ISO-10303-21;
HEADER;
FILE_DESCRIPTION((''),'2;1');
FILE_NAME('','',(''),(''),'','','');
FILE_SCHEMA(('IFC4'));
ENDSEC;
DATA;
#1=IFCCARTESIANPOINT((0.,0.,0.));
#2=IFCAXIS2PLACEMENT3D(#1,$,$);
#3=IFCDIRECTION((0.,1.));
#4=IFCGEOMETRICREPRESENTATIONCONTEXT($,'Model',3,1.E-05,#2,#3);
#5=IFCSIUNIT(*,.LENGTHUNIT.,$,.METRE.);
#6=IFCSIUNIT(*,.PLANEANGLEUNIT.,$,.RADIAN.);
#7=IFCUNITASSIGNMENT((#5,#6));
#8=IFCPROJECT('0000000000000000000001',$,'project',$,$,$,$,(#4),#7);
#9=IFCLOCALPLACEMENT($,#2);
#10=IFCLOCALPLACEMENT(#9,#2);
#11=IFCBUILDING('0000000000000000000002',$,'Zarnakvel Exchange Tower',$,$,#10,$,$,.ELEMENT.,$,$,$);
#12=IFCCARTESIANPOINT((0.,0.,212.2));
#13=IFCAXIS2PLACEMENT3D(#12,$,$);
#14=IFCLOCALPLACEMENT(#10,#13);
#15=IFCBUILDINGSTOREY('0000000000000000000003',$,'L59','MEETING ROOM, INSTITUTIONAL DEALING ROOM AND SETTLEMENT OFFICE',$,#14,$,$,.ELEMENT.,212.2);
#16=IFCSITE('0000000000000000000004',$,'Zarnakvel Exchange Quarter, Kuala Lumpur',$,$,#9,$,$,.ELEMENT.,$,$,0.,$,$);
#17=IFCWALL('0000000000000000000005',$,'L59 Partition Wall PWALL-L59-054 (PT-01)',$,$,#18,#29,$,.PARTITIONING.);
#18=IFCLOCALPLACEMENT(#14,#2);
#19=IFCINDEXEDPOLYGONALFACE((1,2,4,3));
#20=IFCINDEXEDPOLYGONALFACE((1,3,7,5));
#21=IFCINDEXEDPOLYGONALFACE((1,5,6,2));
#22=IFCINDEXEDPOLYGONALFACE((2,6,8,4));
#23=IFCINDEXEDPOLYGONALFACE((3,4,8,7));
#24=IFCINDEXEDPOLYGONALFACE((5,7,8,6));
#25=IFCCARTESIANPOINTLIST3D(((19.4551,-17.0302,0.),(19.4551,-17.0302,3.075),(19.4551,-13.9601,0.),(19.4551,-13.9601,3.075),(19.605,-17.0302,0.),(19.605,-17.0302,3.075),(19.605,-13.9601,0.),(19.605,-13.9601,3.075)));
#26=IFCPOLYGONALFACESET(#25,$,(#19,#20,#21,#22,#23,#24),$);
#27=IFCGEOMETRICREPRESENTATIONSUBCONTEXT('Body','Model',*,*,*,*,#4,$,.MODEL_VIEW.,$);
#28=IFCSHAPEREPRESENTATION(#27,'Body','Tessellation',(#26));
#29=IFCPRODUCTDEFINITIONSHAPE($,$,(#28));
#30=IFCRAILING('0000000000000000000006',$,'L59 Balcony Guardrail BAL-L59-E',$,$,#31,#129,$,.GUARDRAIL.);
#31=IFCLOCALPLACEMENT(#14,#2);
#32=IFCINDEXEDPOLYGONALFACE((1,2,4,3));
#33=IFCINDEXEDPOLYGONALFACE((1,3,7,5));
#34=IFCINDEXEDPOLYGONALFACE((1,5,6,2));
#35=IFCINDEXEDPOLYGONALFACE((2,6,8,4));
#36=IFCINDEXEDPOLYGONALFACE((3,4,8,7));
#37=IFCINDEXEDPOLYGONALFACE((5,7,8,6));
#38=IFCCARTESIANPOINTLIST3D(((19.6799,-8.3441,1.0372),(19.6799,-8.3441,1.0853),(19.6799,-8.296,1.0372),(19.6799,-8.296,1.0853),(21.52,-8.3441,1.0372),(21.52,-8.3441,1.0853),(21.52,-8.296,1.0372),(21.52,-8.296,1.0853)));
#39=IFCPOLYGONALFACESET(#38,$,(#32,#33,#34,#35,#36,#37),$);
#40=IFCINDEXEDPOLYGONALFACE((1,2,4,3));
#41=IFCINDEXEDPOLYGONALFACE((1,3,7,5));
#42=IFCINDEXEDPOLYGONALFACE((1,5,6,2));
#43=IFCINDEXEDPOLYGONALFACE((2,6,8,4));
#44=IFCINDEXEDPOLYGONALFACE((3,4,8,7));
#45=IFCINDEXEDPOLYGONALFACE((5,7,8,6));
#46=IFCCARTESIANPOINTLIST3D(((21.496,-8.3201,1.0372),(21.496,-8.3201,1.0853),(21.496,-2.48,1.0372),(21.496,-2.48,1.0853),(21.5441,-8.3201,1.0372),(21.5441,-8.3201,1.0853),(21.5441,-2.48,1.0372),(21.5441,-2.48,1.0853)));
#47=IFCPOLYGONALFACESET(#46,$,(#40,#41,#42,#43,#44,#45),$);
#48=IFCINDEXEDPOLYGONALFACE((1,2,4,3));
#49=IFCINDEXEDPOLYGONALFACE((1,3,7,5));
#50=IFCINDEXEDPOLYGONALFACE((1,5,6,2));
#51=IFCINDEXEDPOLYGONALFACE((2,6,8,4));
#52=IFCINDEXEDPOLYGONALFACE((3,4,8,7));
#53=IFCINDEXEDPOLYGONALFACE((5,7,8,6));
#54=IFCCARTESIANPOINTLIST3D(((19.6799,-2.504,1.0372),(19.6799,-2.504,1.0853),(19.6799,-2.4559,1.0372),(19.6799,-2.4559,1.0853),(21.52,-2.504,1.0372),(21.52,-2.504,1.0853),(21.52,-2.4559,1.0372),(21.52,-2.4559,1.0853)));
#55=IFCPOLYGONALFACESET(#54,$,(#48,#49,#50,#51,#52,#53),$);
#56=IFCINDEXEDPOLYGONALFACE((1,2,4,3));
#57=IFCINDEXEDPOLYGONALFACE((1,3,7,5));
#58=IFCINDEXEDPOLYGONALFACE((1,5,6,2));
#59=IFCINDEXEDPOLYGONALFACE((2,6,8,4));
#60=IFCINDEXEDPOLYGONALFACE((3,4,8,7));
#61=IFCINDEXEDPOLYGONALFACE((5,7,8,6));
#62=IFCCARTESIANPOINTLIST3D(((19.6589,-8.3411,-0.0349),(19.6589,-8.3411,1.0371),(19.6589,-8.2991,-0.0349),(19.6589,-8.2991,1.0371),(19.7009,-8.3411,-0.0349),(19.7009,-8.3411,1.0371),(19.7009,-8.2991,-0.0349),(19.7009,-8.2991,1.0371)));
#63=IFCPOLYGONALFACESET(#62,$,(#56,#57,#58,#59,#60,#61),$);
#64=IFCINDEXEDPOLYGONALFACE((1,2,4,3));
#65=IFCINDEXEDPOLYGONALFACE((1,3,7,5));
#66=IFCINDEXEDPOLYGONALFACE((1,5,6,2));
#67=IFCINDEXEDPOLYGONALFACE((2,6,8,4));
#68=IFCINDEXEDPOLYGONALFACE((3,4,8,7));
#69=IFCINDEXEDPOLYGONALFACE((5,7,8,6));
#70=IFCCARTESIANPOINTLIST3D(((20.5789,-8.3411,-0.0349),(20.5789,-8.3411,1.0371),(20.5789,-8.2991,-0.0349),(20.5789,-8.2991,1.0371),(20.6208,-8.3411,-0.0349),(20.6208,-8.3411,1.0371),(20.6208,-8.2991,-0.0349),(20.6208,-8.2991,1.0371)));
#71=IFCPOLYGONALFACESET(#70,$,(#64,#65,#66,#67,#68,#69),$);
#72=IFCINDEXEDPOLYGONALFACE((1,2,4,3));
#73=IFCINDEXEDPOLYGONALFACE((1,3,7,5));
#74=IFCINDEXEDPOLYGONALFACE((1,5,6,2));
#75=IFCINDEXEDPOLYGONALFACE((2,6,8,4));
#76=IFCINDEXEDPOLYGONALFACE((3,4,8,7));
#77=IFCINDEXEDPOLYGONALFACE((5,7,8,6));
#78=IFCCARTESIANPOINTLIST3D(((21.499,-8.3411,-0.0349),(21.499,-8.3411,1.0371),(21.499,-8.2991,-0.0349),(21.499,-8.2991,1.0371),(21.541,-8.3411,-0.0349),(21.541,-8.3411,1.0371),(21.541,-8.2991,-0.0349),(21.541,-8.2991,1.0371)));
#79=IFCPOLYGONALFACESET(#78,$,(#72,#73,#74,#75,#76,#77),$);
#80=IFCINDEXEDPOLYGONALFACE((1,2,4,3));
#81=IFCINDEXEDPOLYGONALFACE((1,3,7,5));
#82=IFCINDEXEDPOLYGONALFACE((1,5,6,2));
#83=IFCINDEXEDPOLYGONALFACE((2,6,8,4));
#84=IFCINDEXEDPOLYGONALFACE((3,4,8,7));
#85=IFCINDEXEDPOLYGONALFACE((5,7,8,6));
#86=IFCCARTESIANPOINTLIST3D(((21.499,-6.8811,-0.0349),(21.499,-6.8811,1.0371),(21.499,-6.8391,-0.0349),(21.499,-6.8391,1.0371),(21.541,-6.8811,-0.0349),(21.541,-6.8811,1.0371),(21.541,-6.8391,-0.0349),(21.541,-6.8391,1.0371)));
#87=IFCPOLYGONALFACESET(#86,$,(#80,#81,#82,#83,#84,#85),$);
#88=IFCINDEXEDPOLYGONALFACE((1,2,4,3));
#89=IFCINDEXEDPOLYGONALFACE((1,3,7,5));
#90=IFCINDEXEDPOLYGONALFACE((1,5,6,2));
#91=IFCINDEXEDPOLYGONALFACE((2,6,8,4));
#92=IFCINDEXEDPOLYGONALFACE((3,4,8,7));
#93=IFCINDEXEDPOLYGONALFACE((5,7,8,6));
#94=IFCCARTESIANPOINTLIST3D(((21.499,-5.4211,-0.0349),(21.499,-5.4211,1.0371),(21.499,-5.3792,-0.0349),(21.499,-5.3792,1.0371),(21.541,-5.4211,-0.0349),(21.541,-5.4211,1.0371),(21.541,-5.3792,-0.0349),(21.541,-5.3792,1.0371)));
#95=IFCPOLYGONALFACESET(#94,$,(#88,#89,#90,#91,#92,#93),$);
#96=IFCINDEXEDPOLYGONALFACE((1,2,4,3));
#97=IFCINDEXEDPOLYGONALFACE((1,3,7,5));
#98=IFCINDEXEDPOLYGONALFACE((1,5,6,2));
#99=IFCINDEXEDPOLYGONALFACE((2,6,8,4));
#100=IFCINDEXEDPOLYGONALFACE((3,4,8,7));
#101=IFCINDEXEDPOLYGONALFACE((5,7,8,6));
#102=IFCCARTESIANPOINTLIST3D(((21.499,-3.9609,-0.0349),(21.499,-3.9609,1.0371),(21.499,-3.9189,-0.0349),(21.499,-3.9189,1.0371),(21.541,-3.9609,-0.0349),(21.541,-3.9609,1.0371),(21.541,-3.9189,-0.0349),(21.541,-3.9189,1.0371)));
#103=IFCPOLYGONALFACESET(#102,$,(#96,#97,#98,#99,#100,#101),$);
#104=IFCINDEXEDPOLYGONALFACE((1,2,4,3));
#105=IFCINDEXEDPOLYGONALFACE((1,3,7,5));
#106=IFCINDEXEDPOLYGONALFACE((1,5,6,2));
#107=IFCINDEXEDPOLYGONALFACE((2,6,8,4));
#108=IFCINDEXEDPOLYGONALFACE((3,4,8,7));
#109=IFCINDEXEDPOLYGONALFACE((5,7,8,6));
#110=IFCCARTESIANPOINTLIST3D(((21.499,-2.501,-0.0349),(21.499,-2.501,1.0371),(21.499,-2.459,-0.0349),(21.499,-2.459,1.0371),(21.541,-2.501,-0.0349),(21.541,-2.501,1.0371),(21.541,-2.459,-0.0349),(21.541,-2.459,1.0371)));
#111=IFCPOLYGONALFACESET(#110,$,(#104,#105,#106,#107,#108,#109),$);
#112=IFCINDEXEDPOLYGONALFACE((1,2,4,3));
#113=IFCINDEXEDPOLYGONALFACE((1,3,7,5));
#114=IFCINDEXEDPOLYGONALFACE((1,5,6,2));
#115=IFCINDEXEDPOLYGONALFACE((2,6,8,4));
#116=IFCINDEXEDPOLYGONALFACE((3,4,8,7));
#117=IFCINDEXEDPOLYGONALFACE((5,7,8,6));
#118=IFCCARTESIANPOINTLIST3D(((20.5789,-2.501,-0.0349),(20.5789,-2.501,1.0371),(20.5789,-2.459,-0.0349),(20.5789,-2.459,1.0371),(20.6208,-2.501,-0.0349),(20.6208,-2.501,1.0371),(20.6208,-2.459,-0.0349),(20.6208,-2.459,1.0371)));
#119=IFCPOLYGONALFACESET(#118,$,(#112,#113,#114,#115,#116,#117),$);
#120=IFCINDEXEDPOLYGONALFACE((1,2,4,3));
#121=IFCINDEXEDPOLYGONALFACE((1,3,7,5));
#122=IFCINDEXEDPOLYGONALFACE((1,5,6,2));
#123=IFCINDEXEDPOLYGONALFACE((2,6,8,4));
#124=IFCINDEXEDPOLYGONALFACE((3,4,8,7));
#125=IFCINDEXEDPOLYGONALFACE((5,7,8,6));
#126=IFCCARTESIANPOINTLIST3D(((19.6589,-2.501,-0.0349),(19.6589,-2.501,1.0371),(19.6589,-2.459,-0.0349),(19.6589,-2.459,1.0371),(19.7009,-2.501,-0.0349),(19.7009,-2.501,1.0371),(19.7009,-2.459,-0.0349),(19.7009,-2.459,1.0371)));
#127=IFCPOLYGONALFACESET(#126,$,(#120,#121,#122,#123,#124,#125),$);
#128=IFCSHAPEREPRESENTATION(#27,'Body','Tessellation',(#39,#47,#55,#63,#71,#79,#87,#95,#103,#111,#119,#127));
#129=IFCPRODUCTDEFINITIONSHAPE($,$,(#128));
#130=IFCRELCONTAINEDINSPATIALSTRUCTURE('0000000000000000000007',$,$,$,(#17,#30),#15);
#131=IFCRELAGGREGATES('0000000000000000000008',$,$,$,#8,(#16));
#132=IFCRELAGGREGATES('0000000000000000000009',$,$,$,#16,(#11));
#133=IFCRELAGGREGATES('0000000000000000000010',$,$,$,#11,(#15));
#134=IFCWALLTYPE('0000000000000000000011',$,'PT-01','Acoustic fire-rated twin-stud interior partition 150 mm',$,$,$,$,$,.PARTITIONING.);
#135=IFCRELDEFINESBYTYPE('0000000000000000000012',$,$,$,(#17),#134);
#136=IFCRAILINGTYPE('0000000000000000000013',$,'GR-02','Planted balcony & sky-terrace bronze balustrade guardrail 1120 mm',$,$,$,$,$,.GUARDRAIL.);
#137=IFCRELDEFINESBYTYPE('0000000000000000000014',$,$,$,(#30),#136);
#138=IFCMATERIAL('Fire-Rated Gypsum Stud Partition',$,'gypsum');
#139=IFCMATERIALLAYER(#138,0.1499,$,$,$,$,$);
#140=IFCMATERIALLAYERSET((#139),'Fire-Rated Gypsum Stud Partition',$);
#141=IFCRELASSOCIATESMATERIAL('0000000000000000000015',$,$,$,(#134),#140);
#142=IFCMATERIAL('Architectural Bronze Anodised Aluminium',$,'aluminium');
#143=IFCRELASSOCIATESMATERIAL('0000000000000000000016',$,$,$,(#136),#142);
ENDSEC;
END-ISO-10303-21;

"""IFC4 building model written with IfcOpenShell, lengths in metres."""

from ifc_helpers import new_model, si_unit, direction, frame, frame_2d, origin, origin_2d, place, context, subcontext, project, spatial, rectangle, extrude, material, layer, layer_set, type_object, element, save


model = new_model("IFC4")

# Units and contexts
model_context = context("Model", 3, precision=1e-05, world=origin(), true_north=direction((0.0, 1.0)))
body_context = subcontext(model_context, "Body", "Model", "MODEL_VIEW")
ifc_project = project(units=[si_unit("LENGTHUNIT", "METRE"), si_unit("PLANEANGLEUNIT", "RADIAN")], contexts=[model_context])

# Site, building, storey
site_placement = place(None, origin())
site = spatial("IfcSite", under=ifc_project, at=site_placement, Name="Zarnakvel Exchange Quarter, Kuala Lumpur", CompositionType="ELEMENT", RefElevation=0.0)
building_placement = place(site_placement, origin())
building = spatial("IfcBuilding", under=site, at=building_placement, Name="Zarnakvel Exchange Tower", CompositionType="ELEMENT")
storey_placement = place(building_placement, frame((0.0, 0.0, 212.2)))
storey = spatial("IfcBuildingStorey", under=building, at=storey_placement, Name="L59", Description="MEETING ROOM, INSTITUTIONAL DEALING ROOM AND SETTLEMENT OFFICE", CompositionType="ELEMENT", Elevation=212.2)

# Shared definitions
ifc_material_1 = material(Name="Architectural Bronze Anodised Aluminium", Category="aluminium")

# Wall
ifc_material_2 = material(Name="Fire-Rated Gypsum Stud Partition", Category="gypsum")
ifc_layer_1 = layer(ifc_material_2, 0.1499)
ifc_layer_set_1 = layer_set([ifc_layer_1], Name="Fire-Rated Gypsum Stud Partition")
wall_type_1 = type_object("IfcWallType", Name="PT-01", Description="Acoustic fire-rated twin-stud interior partition 150 mm", PredefinedType="PARTITIONING", material=ifc_layer_set_1)
wall_1_placement = place(storey_placement, frame((19.53, -13.96, 0.0), z_axis=(0.0, 0.0, 1.0), x_axis=(0.0, -1.0, 0.0)))
element("IfcWall", 1, at=wall_1_placement, inside=storey, type_object=wall_type_1, Name="L59 Partition Wall PWALL-L59-054 (PT-01)", PredefinedType="PARTITIONING", context=body_context, shape_type="SweptSolid", body=[
    extrude(rectangle(XDim=3.0701, YDim=0.1499, at=frame_2d((1.5352, 0.0))), origin(), (0.0, 0.0, 1.0), 3.075),
])

# Railing
railing_type = type_object("IfcRailingType", Name="GR-02", Description="Planted balcony & sky-terrace bronze balustrade guardrail 1120 mm", PredefinedType="GUARDRAIL", material=ifc_material_1)
railing_placement = place(storey_placement, frame((19.6799, -8.3201, -0.0349)))
element("IfcRailing", 2, at=railing_placement, inside=storey, type_object=railing_type, Name="L59 Balcony Guardrail BAL-L59-E", PredefinedType="GUARDRAIL", context=body_context, shape_type="SweptSolid", body=[
    extrude(rectangle(XDim=0.0481, YDim=0.0481, at=origin_2d()), frame((0.0, 0.0, 1.0962), z_axis=(1.0, 0.0, 0.0), x_axis=(0.0, 1.0, 0.0)), (0.0, 0.0, 1.0), 1.8401),
    extrude(rectangle(XDim=0.0481, YDim=0.0481, at=origin_2d()), frame((1.8401, 0.0, 1.0962), z_axis=(0.0, 1.0, 0.0), x_axis=(-1.0, 0.0, 0.0)), (0.0, 0.0, 1.0), 5.8401),
    extrude(rectangle(XDim=0.0481, YDim=0.0481, at=origin_2d()), frame((1.8401, 5.8401, 1.0962), z_axis=(-1.0, 0.0, 0.0), x_axis=(0.0, -1.0, 0.0)), (0.0, 0.0, 1.0), 1.8401),
    extrude(rectangle(XDim=0.042, YDim=0.042, at=origin_2d()), origin(), (0.0, 0.0, 1.0), 1.072),
    extrude(rectangle(XDim=0.042, YDim=0.042, at=origin_2d()), frame((0.9199, 0.0, 0.0)), (0.0, 0.0, 1.0), 1.072),
    extrude(rectangle(XDim=0.042, YDim=0.042, at=origin_2d()), frame((1.8401, 0.0, 0.0)), (0.0, 0.0, 1.0), 1.072),
    extrude(rectangle(XDim=0.042, YDim=0.042, at=origin_2d()), frame((1.8401, 1.46, 0.0)), (0.0, 0.0, 1.0), 1.072),
    extrude(rectangle(XDim=0.042, YDim=0.042, at=origin_2d()), frame((1.8401, 2.9199, 0.0)), (0.0, 0.0, 1.0), 1.072),
    extrude(rectangle(XDim=0.042, YDim=0.042, at=origin_2d()), frame((1.8401, 4.3801, 0.0)), (0.0, 0.0, 1.0), 1.072),
    extrude(rectangle(XDim=0.042, YDim=0.042, at=origin_2d()), frame((1.8401, 5.8401, 0.0)), (0.0, 0.0, 1.0), 1.072),
    extrude(rectangle(XDim=0.042, YDim=0.042, at=origin_2d()), frame((0.9199, 5.8401, 0.0)), (0.0, 0.0, 1.0), 1.072),
    extrude(rectangle(XDim=0.042, YDim=0.042, at=origin_2d()), frame((0.0, 5.8401, 0.0)), (0.0, 0.0, 1.0), 1.072),
])

save(model, "model.ifc")
